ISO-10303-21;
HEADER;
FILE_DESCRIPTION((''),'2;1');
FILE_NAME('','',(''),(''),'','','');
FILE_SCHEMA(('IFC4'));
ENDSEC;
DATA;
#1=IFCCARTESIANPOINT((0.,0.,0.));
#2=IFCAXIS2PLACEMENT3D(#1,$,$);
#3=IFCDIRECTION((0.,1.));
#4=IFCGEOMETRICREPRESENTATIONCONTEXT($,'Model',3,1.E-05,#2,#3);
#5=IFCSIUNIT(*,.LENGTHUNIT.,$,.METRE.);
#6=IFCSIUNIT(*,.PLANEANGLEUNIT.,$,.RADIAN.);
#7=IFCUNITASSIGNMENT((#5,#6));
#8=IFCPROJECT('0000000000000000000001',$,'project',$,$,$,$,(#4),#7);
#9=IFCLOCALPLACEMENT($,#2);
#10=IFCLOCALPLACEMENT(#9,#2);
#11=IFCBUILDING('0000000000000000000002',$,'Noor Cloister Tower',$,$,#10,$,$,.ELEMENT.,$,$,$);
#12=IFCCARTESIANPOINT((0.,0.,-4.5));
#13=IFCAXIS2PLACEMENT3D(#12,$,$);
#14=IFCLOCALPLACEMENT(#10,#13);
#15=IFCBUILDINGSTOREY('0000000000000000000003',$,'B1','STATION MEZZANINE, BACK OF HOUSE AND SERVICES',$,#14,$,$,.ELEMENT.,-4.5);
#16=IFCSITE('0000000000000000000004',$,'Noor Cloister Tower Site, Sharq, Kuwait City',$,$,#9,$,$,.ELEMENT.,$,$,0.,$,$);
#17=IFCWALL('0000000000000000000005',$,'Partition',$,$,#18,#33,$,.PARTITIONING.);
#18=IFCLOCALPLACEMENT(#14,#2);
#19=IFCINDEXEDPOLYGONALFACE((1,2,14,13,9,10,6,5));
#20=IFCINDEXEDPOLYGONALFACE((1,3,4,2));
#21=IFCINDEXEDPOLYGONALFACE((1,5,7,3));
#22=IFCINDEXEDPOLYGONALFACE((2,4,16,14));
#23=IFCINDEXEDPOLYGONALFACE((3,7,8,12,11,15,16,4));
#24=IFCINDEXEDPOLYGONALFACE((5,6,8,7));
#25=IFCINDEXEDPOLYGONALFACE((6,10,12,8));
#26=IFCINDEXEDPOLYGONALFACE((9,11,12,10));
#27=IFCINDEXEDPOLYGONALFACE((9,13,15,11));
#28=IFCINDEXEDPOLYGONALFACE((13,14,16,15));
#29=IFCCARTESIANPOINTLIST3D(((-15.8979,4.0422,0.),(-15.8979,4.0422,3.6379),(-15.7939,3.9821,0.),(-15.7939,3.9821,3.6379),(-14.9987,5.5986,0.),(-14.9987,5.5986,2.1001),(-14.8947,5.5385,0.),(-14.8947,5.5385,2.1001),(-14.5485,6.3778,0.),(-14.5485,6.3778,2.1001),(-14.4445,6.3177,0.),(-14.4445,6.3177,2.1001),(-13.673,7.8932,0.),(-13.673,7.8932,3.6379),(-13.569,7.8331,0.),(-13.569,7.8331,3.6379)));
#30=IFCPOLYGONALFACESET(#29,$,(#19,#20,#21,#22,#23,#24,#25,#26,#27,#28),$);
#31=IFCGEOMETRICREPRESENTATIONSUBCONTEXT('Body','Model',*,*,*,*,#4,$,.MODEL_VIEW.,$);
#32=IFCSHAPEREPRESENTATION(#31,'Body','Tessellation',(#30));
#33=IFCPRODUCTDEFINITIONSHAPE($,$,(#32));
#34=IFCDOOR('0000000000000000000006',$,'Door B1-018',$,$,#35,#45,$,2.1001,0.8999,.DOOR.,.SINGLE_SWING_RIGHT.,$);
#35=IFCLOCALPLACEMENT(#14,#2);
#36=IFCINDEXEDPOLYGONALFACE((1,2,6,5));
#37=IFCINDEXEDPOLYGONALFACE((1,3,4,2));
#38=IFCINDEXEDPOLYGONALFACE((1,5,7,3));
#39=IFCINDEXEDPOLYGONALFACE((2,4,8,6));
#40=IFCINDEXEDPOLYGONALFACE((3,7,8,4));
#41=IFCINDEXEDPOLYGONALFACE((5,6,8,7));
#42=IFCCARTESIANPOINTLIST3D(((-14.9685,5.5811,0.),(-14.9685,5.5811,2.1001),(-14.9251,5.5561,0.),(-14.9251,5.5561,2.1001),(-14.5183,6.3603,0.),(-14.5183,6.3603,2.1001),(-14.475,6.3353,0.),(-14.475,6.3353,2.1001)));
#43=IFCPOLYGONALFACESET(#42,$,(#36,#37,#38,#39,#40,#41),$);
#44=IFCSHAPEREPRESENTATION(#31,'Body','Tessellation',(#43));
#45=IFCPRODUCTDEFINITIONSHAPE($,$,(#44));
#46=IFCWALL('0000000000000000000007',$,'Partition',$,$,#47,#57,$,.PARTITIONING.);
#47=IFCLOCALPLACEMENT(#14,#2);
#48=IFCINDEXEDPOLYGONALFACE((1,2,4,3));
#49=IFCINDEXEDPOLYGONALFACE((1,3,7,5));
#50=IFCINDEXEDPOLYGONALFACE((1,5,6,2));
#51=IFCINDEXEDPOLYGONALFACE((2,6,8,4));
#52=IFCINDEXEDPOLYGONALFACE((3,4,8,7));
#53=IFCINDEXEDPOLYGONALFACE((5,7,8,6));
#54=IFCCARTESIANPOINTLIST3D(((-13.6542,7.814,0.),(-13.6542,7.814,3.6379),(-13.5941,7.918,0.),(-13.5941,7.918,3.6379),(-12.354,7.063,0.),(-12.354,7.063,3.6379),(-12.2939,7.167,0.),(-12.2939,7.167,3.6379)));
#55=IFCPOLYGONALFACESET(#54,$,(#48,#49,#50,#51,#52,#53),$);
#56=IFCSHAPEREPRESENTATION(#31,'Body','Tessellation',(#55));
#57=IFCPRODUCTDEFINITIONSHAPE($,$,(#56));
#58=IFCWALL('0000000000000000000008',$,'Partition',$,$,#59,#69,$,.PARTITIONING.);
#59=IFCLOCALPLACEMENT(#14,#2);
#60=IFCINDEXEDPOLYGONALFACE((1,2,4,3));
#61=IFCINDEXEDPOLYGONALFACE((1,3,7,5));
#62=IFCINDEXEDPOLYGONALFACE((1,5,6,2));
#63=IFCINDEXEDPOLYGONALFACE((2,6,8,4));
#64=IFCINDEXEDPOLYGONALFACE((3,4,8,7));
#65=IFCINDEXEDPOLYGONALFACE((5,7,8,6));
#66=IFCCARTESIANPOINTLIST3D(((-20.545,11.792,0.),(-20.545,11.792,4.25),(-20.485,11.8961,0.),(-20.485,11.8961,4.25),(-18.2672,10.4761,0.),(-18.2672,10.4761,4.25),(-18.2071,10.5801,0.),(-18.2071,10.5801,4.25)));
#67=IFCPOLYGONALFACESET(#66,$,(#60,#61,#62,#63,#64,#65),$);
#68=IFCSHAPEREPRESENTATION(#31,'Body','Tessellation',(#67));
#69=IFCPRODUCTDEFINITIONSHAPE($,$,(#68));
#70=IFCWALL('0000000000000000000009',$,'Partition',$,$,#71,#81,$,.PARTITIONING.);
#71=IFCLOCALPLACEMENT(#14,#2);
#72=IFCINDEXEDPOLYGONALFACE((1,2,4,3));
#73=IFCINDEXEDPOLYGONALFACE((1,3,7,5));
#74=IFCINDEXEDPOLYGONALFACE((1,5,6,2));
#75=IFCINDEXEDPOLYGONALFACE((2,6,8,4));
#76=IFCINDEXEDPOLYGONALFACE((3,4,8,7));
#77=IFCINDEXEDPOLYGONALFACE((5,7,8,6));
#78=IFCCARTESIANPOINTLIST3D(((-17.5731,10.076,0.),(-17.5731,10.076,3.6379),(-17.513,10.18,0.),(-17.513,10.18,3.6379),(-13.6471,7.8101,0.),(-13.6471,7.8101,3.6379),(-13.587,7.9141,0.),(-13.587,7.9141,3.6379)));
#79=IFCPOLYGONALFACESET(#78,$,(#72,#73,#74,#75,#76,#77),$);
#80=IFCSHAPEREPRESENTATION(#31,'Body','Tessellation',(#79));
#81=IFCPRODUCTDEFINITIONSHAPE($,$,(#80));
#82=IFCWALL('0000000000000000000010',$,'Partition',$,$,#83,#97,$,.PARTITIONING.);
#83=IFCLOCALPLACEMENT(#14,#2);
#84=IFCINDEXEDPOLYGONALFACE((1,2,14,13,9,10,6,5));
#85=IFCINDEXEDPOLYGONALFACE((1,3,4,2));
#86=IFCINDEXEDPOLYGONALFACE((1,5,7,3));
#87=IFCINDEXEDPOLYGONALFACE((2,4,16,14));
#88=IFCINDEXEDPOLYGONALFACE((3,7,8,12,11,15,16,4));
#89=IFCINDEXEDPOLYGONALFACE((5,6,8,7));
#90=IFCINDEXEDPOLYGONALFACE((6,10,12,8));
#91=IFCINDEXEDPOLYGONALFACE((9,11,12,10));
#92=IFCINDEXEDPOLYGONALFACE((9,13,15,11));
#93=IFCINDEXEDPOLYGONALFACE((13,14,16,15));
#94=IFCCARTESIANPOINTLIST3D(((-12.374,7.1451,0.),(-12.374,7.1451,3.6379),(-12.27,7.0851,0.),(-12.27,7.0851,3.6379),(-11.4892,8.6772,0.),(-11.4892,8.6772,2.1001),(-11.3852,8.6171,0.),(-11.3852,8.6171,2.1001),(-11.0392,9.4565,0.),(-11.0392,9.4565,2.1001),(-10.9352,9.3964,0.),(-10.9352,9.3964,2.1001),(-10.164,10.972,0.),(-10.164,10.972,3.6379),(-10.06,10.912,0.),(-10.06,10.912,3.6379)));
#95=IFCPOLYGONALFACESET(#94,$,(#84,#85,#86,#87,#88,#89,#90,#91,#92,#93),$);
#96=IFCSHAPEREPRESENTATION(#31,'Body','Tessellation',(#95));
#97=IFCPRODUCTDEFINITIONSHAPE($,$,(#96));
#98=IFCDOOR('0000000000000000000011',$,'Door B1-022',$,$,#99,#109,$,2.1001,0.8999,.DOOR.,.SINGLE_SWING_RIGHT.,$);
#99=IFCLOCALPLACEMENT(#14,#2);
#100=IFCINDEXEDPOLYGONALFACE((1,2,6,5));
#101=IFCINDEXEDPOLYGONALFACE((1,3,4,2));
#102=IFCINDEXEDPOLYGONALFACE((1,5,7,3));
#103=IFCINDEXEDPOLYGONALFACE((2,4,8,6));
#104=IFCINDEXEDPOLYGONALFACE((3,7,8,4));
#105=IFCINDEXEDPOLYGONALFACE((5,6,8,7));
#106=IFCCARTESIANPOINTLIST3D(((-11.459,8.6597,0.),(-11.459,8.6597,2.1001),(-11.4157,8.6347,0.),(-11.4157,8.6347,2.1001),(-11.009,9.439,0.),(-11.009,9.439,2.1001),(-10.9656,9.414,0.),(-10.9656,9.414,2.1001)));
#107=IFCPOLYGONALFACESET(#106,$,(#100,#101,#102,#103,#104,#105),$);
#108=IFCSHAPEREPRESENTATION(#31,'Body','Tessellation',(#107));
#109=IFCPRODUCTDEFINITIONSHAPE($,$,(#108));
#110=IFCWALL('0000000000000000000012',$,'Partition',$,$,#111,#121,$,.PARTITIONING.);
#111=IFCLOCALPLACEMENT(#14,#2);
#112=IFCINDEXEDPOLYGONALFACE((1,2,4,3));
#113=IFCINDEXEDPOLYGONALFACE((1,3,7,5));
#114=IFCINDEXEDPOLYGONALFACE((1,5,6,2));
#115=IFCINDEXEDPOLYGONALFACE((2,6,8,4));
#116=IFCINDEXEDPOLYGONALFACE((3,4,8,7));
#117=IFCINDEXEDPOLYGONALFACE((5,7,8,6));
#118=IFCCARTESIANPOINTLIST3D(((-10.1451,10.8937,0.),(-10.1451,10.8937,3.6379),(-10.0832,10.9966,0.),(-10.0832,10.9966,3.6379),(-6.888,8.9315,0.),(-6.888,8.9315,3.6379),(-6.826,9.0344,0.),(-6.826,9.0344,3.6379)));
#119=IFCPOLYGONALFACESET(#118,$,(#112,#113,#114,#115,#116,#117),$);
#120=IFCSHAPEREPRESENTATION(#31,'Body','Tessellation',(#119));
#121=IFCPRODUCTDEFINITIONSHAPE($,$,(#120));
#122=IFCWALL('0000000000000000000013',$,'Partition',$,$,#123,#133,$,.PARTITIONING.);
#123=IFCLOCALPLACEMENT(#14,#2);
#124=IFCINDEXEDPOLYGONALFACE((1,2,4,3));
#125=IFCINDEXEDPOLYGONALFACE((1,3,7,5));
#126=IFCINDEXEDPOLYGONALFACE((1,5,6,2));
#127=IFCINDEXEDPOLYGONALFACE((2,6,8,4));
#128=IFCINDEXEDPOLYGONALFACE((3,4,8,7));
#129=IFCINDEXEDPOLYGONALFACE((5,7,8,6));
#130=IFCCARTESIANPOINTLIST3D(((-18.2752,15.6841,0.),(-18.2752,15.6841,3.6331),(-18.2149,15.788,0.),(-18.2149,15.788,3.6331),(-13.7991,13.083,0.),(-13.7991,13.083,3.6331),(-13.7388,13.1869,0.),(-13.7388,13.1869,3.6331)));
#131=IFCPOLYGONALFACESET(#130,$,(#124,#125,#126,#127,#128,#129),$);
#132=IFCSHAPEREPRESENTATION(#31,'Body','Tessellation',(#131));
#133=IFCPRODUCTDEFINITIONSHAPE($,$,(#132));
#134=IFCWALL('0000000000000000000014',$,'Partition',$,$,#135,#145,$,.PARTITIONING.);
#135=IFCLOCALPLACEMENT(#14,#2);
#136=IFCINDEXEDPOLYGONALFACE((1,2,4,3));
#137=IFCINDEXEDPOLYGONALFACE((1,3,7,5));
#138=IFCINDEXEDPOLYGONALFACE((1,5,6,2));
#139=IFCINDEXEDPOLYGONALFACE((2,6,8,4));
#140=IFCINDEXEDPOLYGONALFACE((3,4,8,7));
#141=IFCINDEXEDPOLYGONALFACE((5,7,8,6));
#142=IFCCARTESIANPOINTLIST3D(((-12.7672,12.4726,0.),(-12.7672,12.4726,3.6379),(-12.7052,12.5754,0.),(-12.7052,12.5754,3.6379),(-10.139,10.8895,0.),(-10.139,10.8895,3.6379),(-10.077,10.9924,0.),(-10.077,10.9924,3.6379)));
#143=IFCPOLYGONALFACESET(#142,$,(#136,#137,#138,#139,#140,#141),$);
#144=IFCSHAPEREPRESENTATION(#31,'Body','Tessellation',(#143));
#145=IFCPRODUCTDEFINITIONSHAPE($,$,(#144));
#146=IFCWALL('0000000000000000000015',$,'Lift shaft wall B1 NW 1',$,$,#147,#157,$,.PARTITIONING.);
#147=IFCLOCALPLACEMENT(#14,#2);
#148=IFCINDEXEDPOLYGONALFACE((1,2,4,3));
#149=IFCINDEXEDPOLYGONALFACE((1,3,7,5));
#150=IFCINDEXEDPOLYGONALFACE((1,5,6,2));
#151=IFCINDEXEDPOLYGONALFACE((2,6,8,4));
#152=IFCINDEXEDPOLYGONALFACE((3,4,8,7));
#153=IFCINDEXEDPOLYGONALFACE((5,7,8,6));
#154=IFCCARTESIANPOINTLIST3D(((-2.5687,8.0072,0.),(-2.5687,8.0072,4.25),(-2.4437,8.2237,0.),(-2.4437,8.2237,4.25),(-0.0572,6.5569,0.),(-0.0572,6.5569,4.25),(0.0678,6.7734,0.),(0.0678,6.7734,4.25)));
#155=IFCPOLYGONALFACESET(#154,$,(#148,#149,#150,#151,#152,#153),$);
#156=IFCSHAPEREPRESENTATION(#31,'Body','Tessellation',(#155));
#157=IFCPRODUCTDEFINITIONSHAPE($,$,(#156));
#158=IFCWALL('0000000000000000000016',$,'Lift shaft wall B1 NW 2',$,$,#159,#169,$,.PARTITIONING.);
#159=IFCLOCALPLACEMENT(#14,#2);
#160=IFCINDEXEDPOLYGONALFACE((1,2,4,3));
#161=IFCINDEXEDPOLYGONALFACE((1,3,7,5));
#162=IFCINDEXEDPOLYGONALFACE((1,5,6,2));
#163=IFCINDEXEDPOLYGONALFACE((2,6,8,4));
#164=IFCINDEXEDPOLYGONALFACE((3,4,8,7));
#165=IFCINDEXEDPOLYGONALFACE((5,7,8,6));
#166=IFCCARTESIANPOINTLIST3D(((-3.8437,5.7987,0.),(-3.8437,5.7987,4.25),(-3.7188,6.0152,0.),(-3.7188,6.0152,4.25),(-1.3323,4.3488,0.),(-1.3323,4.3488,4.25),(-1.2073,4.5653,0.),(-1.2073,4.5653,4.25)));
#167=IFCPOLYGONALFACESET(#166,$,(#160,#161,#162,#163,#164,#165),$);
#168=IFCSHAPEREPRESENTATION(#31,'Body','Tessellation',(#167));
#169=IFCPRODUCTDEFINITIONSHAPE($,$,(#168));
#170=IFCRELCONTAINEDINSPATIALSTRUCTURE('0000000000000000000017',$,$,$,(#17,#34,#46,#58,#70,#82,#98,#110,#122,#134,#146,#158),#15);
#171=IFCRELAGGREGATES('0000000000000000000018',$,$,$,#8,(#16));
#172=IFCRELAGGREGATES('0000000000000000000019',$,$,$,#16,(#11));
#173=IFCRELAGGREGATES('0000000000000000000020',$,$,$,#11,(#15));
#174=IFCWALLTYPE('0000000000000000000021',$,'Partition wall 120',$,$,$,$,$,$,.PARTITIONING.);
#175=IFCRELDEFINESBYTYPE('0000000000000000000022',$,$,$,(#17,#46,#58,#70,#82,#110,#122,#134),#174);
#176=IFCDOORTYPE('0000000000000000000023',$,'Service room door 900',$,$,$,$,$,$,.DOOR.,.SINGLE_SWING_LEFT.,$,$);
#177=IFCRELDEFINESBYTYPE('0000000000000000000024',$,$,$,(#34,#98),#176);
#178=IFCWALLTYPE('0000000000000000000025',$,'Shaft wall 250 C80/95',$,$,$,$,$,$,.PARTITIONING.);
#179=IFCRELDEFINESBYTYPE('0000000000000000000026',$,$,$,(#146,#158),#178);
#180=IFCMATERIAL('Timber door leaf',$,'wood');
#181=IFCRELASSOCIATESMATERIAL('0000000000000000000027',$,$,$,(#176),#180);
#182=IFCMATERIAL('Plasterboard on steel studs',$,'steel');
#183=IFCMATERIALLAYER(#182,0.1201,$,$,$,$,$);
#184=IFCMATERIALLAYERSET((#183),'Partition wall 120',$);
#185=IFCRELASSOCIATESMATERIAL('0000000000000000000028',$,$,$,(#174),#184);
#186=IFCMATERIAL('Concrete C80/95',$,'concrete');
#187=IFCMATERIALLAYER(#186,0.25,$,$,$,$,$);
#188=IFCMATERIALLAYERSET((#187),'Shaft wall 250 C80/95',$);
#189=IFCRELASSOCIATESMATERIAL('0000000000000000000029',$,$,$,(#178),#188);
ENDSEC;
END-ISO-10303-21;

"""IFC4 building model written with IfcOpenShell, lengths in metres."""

from ifc_helpers import new_model, si_unit, direction, frame, frame_2d, origin, place, context, subcontext, project, spatial, rectangle, extrude, material, layer, layer_set, type_object, element, fill, save


model = new_model("IFC4")

# Units and contexts
model_context = context("Model", 3, precision=1e-05, world=origin(), true_north=direction((0.0, 1.0)))
body_context = subcontext(model_context, "Body", "Model", "MODEL_VIEW")
ifc_project = project(units=[si_unit("LENGTHUNIT", "METRE"), si_unit("PLANEANGLEUNIT", "RADIAN")], contexts=[model_context])

# Site, building, storey
site_placement = place(None, origin())
site = spatial("IfcSite", under=ifc_project, at=site_placement, Name="Noor Cloister Tower Site, Sharq, Kuwait City", CompositionType="ELEMENT", RefElevation=0.0)
building_placement = place(site_placement, origin())
building = spatial("IfcBuilding", under=site, at=building_placement, Name="Noor Cloister Tower", CompositionType="ELEMENT")
storey_placement = place(building_placement, frame((0.0, 0.0, -4.5)))
storey = spatial("IfcBuildingStorey", under=building, at=storey_placement, Name="B1", Description="STATION MEZZANINE, BACK OF HOUSE AND SERVICES", CompositionType="ELEMENT", Elevation=-4.5)

# Shared definitions
ifc_material_1 = material(Name="Timber door leaf", Category="wood")
door_type_1 = type_object("IfcDoorType", Name="Service room door 900", OperationType="SINGLE_SWING_LEFT", PredefinedType="DOOR", material=ifc_material_1)

# Shared definitions
ifc_material_2 = material(Name="Plasterboard on steel studs", Category="steel")
ifc_layer_1 = layer(ifc_material_2, 0.1201)
ifc_layer_set_1 = layer_set([ifc_layer_1], Name="Partition wall 120")
wall_type_1 = type_object("IfcWallType", Name="Partition wall 120", PredefinedType="PARTITIONING", material=ifc_layer_set_1)

# Wall, opening, door
wall_1_placement = place(storey_placement, frame((-13.6211, 7.863, 0.0), z_axis=(0.0, 0.0, 1.0), x_axis=(-0.500242, -0.865886, 0.0)))
wall_1 = element("IfcWall", 1, at=wall_1_placement, inside=storey, type_object=wall_type_1, Name="Partition", PredefinedType="PARTITIONING", context=body_context, shape_type="SweptSolid", body=[
    extrude(rectangle(XDim=4.4475, YDim=0.1201, at=frame_2d((2.2236, 0.0))), origin(), (0.0, 0.0, 1.0), 3.6379),
])
opening_1_placement = place(wall_1_placement, frame((1.75, 0.0, 0.0)))
opening_1 = element("IfcOpeningElement", 2, at=opening_1_placement, cuts=wall_1, PredefinedType="OPENING", context=body_context, shape_type="SweptSolid", body=[
    extrude(rectangle(XDim=0.8999, YDim=2.1001, at=frame_2d((0.45, 1.05))), frame((0.0, 0.0701, 0.0), z_axis=(0.0, -1.0, 0.0), x_axis=(1.0, 0.0, 0.0)), (0.0, 0.0, 1.0), 0.1401),
])
door_1_placement = place(opening_1_placement, origin())
door_1 = element("IfcDoor", 3, at=door_1_placement, inside=storey, type_object=door_type_1, Name="Door B1-018", OperationType="SINGLE_SWING_RIGHT", OverallHeight=2.1001, OverallWidth=0.8999, PredefinedType="DOOR", context=body_context, shape_type="SweptSolid", body=[
    extrude(rectangle(XDim=0.8999, YDim=2.1001, at=frame_2d((0.45, 1.05))), frame((0.0, 0.0249, 0.0), z_axis=(0.0, -1.0, 0.0), x_axis=(1.0, 0.0, 0.0)), (0.0, 0.0, 1.0), 0.05),
])
fill(opening_1, door_1)

# Walls
wall_2_placement = place(storey_placement, frame((-12.324, 7.115, 0.0), z_axis=(0.0, 0.0, 1.0), x_axis=(-0.865912, 0.500196, 0.0)))
element("IfcWall", 4, at=wall_2_placement, inside=storey, type_object=wall_type_1, Name="Partition", PredefinedType="PARTITIONING", context=body_context, shape_type="SweptSolid", body=[
    extrude(rectangle(XDim=1.5015, YDim=0.1201, at=frame_2d((0.7507, 0.0))), origin(), (0.0, 0.0, 1.0), 3.6379),
])
wall_3_placement = place(storey_placement, frame((-18.2371, 10.5281, 0.0), z_axis=(0.0, 0.0, 1.0), x_axis=(-0.865892, 0.500231, 0.0)))
element("IfcWall", 5, at=wall_3_placement, inside=storey, type_object=wall_type_1, Name="Partition", PredefinedType="PARTITIONING", context=body_context, shape_type="SweptSolid", body=[
    extrude(rectangle(XDim=2.6306, YDim=0.1201, at=frame_2d((1.3154, 0.0))), origin(), (0.0, 0.0, 1.0), 4.25),
])
wall_4_placement = place(storey_placement, frame((-13.6169, 7.8621, 0.0), z_axis=(0.0, 0.0, 1.0), x_axis=(-0.866104, 0.499864, 0.0)))
element("IfcWall", 6, at=wall_4_placement, inside=storey, type_object=wall_type_1, Name="Partition", PredefinedType="PARTITIONING", context=body_context, shape_type="SweptSolid", body=[
    extrude(rectangle(XDim=4.533, YDim=0.1201, at=frame_2d((2.2666, 0.0))), origin(), (0.0, 0.0, 1.0), 3.6379),
])

# Wall, opening, door
wall_5_placement = place(storey_placement, frame((-10.1121, 10.9419, 0.0), z_axis=(0.0, 0.0, 1.0), x_axis=(-0.500084, -0.865977, 0.0)))
wall_5 = element("IfcWall", 7, at=wall_5_placement, inside=storey, type_object=wall_type_1, Name="Partition", PredefinedType="PARTITIONING", context=body_context, shape_type="SweptSolid", body=[
    extrude(rectangle(XDim=4.4192, YDim=0.1201, at=frame_2d((2.2095, 0.0))), origin(), (0.0, 0.0, 1.0), 3.6379),
])
opening_2_placement = place(wall_5_placement, frame((1.75, 0.0, 0.0)))
opening_2 = element("IfcOpeningElement", 8, at=opening_2_placement, cuts=wall_5, PredefinedType="OPENING", context=body_context, shape_type="SweptSolid", body=[
    extrude(rectangle(XDim=0.8999, YDim=2.1001, at=frame_2d((0.45, 1.05))), frame((0.0, 0.0701, 0.0), z_axis=(0.0, -1.0, 0.0), x_axis=(1.0, 0.0, 0.0)), (0.0, 0.0, 1.0), 0.1401),
])
door_2_placement = place(opening_2_placement, origin())
door_2 = element("IfcDoor", 9, at=door_2_placement, inside=storey, type_object=door_type_1, Name="Door B1-022", OperationType="SINGLE_SWING_RIGHT", OverallHeight=2.1001, OverallWidth=0.8999, PredefinedType="DOOR", context=body_context, shape_type="SweptSolid", body=[
    extrude(rectangle(XDim=0.8999, YDim=2.1001, at=frame_2d((0.45, 1.05))), frame((0.0, 0.0249, 0.0), z_axis=(0.0, -1.0, 0.0), x_axis=(1.0, 0.0, 0.0)), (0.0, 0.0, 1.0), 0.05),
])
fill(opening_2, door_2)

# Walls
wall_6_placement = place(storey_placement, frame((-6.8569, 8.9829, 0.0), z_axis=(0.0, 0.0, 1.0), x_axis=(-0.856574, 0.516025, 0.0)))
element("IfcWall", 10, at=wall_6_placement, inside=storey, type_object=wall_type_1, Name="Partition", PredefinedType="PARTITIONING", context=body_context, shape_type="SweptSolid", body=[
    extrude(rectangle(XDim=3.8025, YDim=0.1201, at=frame_2d((1.9014, 0.0))), origin(), (0.0, 0.0, 1.0), 3.6379),
])
wall_7_placement = place(storey_placement, frame((-13.769, 13.135, 0.0), z_axis=(0.0, 0.0, 1.0), x_axis=(-0.864616, 0.502434, 0.0)))
element("IfcWall", 11, at=wall_7_placement, inside=storey, type_object=wall_type_1, Name="Partition", PredefinedType="PARTITIONING", context=body_context, shape_type="SweptSolid", body=[
    extrude(rectangle(XDim=5.177, YDim=0.1201, at=frame_2d((2.5884, 0.0))), origin(), (0.0, 0.0, 1.0), 3.6331),
])
wall_8_placement = place(storey_placement, frame((-10.1079, 10.9409, 0.0), z_axis=(0.0, 0.0, 1.0), x_axis=(-0.856614, 0.515958, 0.0)))
element("IfcWall", 12, at=wall_8_placement, inside=storey, type_object=wall_type_1, Name="Partition", PredefinedType="PARTITIONING", context=body_context, shape_type="SweptSolid", body=[
    extrude(rectangle(XDim=3.0681, YDim=0.1201, at=frame_2d((1.5342, 0.0))), origin(), (0.0, 0.0, 1.0), 3.6379),
])
ifc_material_3 = material(Name="Concrete C80/95", Category="concrete")
ifc_layer_2 = layer(ifc_material_3, 0.25)
ifc_layer_set_2 = layer_set([ifc_layer_2], Name="Shaft wall 250 C80/95")
wall_type_2 = type_object("IfcWallType", Name="Shaft wall 250 C80/95", PredefinedType="PARTITIONING", material=ifc_layer_set_2)
wall_9_placement = place(storey_placement, frame((-2.5063, 8.1155, 0.0), z_axis=(0.0, 0.0, 1.0), x_axis=(0.865996, -0.50005, 0.0)))
element("IfcWall", 13, at=wall_9_placement, inside=storey, type_object=wall_type_2, Name="Lift shaft wall B1 NW 1", PredefinedType="PARTITIONING", context=body_context, shape_type="SweptSolid", body=[
    extrude(rectangle(XDim=2.9001, YDim=0.25, at=frame_2d((1.4502, 0.0))), origin(), (0.0, 0.0, 1.0), 4.25),
])
wall_10_placement = place(storey_placement, frame((-3.7812, 5.907, 0.0), z_axis=(0.0, 0.0, 1.0), x_axis=(0.866033, -0.499987, 0.0)))
element("IfcWall", 14, at=wall_10_placement, inside=storey, type_object=wall_type_2, Name="Lift shaft wall B1 NW 2", PredefinedType="PARTITIONING", context=body_context, shape_type="SweptSolid", body=[
    extrude(rectangle(XDim=2.8999, YDim=0.25, at=frame_2d((1.45, 0.0))), origin(), (0.0, 0.0, 1.0), 4.25),
])

save(model, "model.ifc")
